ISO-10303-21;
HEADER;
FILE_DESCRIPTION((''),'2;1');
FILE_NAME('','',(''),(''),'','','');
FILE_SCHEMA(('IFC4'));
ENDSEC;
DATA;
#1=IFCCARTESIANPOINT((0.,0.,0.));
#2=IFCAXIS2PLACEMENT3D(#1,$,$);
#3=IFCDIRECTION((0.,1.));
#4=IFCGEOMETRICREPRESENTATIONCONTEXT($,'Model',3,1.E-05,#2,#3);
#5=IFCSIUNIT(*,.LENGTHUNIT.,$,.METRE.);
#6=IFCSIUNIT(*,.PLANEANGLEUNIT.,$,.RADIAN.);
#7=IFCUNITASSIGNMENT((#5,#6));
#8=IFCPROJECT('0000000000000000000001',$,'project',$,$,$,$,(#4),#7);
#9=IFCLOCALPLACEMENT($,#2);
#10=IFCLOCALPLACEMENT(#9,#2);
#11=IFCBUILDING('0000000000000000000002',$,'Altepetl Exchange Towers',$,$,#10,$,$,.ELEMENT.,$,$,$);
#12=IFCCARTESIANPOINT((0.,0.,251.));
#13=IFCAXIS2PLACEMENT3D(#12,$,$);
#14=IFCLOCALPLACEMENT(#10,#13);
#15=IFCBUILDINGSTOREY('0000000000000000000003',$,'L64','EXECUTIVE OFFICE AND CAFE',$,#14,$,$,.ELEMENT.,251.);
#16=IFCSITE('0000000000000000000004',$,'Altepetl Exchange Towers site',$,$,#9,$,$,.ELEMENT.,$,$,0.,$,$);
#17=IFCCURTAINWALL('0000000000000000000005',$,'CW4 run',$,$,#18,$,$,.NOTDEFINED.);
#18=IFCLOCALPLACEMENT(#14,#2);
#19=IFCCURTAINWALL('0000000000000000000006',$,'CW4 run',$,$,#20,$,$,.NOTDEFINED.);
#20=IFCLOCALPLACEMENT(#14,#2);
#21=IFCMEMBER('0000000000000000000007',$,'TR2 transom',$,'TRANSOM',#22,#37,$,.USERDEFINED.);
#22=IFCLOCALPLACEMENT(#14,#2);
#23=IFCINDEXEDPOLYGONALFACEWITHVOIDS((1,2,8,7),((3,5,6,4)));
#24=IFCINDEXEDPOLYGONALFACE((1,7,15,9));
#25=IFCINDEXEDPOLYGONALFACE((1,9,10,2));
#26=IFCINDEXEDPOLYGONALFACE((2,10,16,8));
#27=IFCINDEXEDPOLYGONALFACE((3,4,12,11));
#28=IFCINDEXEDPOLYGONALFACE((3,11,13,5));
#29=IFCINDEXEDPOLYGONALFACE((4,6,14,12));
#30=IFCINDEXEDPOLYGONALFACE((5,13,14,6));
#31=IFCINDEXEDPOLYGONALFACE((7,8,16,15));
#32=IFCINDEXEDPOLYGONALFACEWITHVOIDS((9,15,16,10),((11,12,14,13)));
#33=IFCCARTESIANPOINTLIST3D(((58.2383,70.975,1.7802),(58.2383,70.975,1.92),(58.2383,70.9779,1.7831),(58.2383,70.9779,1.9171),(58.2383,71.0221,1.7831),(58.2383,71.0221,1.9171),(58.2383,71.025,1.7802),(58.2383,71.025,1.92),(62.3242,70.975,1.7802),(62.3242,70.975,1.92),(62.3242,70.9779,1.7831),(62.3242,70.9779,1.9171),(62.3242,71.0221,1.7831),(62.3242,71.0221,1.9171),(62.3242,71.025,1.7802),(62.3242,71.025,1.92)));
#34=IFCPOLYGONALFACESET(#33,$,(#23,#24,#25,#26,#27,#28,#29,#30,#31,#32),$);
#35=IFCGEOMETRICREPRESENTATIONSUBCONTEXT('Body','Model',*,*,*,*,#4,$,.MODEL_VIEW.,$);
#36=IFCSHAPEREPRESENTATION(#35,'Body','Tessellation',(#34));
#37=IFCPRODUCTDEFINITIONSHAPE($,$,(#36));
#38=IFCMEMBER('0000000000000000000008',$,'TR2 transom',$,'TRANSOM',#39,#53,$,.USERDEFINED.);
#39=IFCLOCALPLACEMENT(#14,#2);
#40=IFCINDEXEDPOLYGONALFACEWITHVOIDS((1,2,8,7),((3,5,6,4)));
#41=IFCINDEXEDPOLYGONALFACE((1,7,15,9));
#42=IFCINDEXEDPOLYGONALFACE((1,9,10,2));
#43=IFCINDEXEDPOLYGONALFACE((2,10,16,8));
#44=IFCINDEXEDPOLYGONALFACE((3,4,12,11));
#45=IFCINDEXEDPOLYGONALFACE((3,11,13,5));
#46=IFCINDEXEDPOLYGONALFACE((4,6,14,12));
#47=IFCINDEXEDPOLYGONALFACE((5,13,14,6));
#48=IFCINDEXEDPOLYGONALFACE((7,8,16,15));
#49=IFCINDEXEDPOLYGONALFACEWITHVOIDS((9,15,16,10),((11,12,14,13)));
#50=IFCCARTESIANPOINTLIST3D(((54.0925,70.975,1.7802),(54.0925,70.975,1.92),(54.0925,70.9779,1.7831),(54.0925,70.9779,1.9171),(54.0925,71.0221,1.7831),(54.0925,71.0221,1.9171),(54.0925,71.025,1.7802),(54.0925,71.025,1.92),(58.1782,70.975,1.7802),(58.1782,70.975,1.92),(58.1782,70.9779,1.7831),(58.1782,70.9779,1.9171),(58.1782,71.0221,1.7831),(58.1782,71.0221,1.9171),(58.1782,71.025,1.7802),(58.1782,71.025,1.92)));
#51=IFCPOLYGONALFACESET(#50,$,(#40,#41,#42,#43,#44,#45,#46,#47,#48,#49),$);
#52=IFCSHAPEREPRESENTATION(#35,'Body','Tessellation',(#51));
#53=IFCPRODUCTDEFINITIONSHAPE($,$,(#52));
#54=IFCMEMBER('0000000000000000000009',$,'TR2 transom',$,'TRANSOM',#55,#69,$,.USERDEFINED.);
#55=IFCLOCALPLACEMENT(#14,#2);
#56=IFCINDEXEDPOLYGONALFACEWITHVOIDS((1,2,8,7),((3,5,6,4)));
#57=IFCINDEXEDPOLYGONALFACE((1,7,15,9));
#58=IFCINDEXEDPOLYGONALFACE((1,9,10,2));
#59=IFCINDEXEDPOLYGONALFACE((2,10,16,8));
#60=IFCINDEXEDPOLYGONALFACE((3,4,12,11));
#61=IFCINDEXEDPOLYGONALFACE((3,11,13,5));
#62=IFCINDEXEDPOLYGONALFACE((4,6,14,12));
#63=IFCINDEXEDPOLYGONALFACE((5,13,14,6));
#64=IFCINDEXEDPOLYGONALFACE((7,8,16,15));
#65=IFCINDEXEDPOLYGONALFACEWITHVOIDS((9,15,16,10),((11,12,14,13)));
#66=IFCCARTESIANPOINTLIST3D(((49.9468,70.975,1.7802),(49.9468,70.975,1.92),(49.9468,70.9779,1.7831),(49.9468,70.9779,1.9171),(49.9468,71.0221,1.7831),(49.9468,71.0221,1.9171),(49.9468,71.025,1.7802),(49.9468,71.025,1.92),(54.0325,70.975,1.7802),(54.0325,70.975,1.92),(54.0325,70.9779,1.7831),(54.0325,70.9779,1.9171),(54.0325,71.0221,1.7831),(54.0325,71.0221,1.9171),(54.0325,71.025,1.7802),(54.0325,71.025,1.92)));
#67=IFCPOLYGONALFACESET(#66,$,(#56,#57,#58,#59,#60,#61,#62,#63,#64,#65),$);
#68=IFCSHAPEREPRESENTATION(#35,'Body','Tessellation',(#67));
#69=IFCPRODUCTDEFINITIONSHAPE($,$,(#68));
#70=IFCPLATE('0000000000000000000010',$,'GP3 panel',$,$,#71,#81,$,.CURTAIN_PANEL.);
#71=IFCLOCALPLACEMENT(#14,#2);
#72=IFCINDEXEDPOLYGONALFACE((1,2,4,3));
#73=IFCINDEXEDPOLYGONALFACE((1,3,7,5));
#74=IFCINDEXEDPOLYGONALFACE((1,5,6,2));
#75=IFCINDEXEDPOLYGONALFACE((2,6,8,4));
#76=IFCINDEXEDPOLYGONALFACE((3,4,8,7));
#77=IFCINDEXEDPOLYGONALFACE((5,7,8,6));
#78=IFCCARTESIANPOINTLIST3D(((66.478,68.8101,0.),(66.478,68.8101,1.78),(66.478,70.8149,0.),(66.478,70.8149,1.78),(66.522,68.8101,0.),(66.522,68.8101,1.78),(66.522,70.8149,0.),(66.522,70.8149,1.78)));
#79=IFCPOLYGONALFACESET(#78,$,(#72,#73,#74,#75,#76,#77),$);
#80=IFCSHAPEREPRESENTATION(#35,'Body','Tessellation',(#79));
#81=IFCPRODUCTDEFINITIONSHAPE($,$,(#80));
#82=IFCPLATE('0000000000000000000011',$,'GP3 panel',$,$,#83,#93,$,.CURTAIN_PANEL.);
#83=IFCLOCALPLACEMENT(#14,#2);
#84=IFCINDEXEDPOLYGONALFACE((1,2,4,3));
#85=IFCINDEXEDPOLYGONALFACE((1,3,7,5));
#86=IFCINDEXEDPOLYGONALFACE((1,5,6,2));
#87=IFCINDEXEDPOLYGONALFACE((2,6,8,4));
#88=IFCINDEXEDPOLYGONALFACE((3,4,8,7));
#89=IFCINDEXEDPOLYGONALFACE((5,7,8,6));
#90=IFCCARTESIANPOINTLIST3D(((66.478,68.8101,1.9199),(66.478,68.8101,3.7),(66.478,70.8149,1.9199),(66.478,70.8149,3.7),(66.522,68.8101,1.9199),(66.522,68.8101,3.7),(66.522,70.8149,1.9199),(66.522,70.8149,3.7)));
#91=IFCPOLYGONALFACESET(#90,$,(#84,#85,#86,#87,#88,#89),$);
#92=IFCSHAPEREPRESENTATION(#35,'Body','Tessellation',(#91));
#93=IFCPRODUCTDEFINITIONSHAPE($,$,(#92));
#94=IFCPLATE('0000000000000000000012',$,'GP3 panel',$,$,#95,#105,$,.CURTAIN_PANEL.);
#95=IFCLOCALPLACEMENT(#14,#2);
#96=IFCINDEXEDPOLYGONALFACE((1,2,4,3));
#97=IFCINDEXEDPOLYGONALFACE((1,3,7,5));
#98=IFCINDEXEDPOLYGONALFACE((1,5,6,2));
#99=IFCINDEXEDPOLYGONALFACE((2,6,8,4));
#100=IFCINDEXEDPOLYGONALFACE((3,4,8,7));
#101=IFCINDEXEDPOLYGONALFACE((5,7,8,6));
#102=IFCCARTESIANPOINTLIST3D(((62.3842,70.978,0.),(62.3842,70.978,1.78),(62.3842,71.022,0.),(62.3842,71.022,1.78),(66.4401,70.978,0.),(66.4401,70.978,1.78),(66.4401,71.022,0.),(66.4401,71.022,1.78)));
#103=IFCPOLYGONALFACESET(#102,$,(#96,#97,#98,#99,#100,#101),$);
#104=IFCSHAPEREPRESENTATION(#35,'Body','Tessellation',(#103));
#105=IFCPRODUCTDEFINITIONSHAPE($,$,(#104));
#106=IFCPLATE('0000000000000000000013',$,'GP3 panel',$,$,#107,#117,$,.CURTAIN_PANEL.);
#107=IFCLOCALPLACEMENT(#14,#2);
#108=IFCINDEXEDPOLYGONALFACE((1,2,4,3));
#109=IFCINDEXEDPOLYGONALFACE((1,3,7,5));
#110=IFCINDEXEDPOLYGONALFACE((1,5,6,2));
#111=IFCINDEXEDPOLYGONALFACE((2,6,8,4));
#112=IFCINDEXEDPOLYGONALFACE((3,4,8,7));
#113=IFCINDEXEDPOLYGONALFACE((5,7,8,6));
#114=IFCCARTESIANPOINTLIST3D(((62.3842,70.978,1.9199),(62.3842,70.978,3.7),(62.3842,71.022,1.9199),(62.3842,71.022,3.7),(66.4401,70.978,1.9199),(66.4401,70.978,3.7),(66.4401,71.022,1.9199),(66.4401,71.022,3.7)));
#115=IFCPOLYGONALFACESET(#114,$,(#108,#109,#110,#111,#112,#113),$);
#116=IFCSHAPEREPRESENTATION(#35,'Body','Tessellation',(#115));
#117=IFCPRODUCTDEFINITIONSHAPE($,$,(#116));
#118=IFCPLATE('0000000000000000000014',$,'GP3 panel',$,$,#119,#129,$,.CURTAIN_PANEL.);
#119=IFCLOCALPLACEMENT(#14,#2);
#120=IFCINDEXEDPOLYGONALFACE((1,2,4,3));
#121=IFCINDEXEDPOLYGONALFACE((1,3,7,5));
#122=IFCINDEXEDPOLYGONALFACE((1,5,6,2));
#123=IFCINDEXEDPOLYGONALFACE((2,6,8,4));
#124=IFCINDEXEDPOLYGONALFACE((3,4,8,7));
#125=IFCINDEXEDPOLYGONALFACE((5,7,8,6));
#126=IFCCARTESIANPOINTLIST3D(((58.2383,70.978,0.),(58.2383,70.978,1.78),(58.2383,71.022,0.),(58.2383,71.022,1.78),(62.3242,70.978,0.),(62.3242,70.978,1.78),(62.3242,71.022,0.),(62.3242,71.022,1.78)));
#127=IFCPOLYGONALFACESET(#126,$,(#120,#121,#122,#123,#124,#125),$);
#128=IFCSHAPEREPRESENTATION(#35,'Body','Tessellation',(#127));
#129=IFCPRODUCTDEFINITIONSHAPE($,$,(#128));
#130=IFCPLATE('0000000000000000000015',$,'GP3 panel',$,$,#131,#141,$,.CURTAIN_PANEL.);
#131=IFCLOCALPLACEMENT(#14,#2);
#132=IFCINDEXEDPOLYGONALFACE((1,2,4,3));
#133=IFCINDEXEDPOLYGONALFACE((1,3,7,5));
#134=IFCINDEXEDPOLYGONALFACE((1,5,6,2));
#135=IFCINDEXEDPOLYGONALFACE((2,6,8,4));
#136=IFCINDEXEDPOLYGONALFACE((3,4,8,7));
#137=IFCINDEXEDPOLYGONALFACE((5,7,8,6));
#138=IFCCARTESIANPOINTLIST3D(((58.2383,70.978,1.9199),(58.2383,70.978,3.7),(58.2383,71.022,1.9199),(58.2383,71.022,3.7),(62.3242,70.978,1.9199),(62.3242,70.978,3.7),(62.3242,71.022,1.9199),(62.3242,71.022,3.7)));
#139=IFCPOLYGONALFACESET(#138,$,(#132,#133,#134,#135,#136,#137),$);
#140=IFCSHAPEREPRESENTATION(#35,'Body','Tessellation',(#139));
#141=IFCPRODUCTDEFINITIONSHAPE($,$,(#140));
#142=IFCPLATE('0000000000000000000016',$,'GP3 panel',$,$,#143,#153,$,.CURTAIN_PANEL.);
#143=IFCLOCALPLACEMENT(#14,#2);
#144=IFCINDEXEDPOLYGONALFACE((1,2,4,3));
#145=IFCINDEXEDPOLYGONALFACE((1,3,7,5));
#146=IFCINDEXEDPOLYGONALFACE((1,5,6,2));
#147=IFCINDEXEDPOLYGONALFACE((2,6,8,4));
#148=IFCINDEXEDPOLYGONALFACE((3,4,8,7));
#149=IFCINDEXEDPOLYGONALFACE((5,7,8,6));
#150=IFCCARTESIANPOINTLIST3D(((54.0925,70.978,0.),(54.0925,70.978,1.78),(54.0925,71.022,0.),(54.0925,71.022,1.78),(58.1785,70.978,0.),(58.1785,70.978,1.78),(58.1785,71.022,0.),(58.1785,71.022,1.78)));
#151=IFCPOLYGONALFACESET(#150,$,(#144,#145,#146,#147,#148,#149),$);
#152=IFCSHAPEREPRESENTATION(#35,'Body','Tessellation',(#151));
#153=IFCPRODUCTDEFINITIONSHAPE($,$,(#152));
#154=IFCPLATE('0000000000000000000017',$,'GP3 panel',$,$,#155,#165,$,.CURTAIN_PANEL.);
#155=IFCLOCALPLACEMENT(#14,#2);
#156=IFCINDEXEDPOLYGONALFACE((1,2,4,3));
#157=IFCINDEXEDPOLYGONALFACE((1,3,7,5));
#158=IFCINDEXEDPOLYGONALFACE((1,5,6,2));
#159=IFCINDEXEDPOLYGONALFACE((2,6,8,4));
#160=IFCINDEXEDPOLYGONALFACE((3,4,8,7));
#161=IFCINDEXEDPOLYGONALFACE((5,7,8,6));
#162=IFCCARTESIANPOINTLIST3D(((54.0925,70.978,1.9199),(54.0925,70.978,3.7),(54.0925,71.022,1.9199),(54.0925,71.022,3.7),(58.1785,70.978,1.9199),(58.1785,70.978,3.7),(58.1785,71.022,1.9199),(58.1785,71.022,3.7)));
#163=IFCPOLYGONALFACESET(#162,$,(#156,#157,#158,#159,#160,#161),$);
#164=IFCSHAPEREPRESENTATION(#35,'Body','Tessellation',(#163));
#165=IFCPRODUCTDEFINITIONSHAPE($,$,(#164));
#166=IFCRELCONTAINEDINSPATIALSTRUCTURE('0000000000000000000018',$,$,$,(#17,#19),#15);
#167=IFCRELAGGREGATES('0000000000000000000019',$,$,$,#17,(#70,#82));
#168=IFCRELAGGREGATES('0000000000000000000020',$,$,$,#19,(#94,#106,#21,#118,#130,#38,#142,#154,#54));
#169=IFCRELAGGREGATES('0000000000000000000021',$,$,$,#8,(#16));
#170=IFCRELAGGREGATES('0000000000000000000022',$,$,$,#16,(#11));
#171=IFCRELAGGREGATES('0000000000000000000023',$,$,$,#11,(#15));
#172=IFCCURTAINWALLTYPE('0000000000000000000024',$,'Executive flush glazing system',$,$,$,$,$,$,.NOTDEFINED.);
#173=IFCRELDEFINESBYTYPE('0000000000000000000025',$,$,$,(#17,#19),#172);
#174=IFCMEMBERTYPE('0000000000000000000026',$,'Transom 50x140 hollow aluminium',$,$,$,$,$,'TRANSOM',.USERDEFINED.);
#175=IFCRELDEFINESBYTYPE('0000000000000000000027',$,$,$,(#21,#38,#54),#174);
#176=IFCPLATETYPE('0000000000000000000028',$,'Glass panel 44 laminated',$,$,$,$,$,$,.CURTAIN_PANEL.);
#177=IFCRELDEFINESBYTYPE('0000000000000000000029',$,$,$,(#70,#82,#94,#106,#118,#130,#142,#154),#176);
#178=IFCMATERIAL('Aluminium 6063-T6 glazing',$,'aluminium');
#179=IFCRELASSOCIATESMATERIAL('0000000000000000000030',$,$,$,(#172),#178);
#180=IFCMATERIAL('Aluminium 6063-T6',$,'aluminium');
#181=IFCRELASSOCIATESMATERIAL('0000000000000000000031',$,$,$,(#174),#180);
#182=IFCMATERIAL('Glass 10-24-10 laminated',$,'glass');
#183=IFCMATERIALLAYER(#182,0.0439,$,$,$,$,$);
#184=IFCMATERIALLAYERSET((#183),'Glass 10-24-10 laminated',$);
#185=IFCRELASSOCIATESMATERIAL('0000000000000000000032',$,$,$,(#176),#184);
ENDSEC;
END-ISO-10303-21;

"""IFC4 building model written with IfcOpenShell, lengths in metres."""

from ifc_helpers import new_model, si_unit, direction, frame, origin, origin_2d, place, context, subcontext, project, spatial, rectangle, hollow_rectangle, extrude, material, layer, layer_set, material_profile, profile_set, type_object, element, aggregate, save


model = new_model("IFC4")

# Units and contexts
model_context = context("Model", 3, precision=1e-05, world=origin(), true_north=direction((0.0, 1.0)))
body_context = subcontext(model_context, "Body", "Model", "MODEL_VIEW")
ifc_project = project(units=[si_unit("LENGTHUNIT", "METRE"), si_unit("PLANEANGLEUNIT", "RADIAN")], contexts=[model_context])

# Site, building, storey
site_placement = place(None, origin())
site = spatial("IfcSite", under=ifc_project, at=site_placement, Name="Altepetl Exchange Towers site", CompositionType="ELEMENT", RefElevation=0.0)
building_placement = place(site_placement, origin())
building = spatial("IfcBuilding", under=site, at=building_placement, Name="Altepetl Exchange Towers", CompositionType="ELEMENT")
storey_placement = place(building_placement, frame((0.0, 0.0, 251.0)))
storey = spatial("IfcBuildingStorey", under=building, at=storey_placement, Name="L64", Description="EXECUTIVE OFFICE AND CAFE", CompositionType="ELEMENT", Elevation=251.0)

# Curtain walls
ifc_material_1 = material(Name="Aluminium 6063-T6 glazing", Category="aluminium")
curtain_wall_type = type_object("IfcCurtainWallType", Name="Executive flush glazing system", PredefinedType="NOTDEFINED", material=ifc_material_1)
curtain_wall_1_placement = place(storey_placement, origin())
curtain_wall_1 = element("IfcCurtainWall", 1, at=curtain_wall_1_placement, inside=storey, type_object=curtain_wall_type, Name="CW4 run", PredefinedType="NOTDEFINED")
ifc_material_2 = material(Name="Aluminium 6063-T6", Category="aluminium")
curtain_wall_2_placement = place(storey_placement, origin())
curtain_wall_2 = element("IfcCurtainWall", 2, at=curtain_wall_2_placement, inside=storey, type_object=curtain_wall_type, Name="CW4 run", PredefinedType="NOTDEFINED")

# Members
ifc_material_profile_1 = material_profile(ifc_material_2, hollow_rectangle(XDim=0.05, YDim=0.1399, WallThickness=0.0029, at=origin_2d()), Name="Transom 50x140 hollow aluminium")
ifc_profile_set_1 = profile_set([ifc_material_profile_1], Name="Aluminium 6063-T6")
member_type_1 = type_object("IfcMemberType", Name="Transom 50x140 hollow aluminium", ElementType="TRANSOM", PredefinedType="USERDEFINED", material=ifc_profile_set_1)
member_1_placement = place(storey_placement, frame((62.3242, 71.0, 1.8501), z_axis=(-1.0, 0.0, 0.0), x_axis=(0.0, -1.0, 0.0)))
member_1 = element("IfcMember", 3, at=member_1_placement, type_object=member_type_1, Name="TR2 transom", ObjectType="TRANSOM", PredefinedType="USERDEFINED", context=body_context, shape_type="SweptSolid", body=[
    extrude(hollow_rectangle(XDim=0.05, YDim=0.1399, WallThickness=0.0029, at=origin_2d()), origin(), (0.0, 0.0, 1.0), 4.0859),
])
member_2_placement = place(storey_placement, frame((58.1782, 71.0, 1.8501), z_axis=(-1.0, 0.0, 0.0), x_axis=(0.0, -1.0, 0.0)))
member_2 = element("IfcMember", 4, at=member_2_placement, type_object=member_type_1, Name="TR2 transom", ObjectType="TRANSOM", PredefinedType="USERDEFINED", context=body_context, shape_type="SweptSolid", body=[
    extrude(hollow_rectangle(XDim=0.05, YDim=0.1399, WallThickness=0.0029, at=origin_2d()), origin(), (0.0, 0.0, 1.0), 4.0857),
])
member_3_placement = place(storey_placement, frame((54.0325, 71.0, 1.8501), z_axis=(-1.0, 0.0, 0.0), x_axis=(0.0, -1.0, 0.0)))
member_3 = element("IfcMember", 5, at=member_3_placement, type_object=member_type_1, Name="TR2 transom", ObjectType="TRANSOM", PredefinedType="USERDEFINED", context=body_context, shape_type="SweptSolid", body=[
    extrude(hollow_rectangle(XDim=0.05, YDim=0.1399, WallThickness=0.0029, at=origin_2d()), origin(), (0.0, 0.0, 1.0), 4.0857),
])

# Plates
ifc_material_3 = material(Name="Glass 10-24-10 laminated", Category="glass")
ifc_layer = layer(ifc_material_3, 0.0439)
ifc_layer_set = layer_set([ifc_layer], Name="Glass 10-24-10 laminated")
plate_type = type_object("IfcPlateType", Name="Glass panel 44 laminated", PredefinedType="CURTAIN_PANEL", material=ifc_layer_set)
plate_1_placement = place(storey_placement, frame((66.5, 69.8125, 0.0), z_axis=(0.0, 0.0, 1.0), x_axis=(0.0, 1.0, 0.0)))
plate_1 = element("IfcPlate", 6, at=plate_1_placement, type_object=plate_type, Name="GP3 panel", PredefinedType="CURTAIN_PANEL", context=body_context, shape_type="SweptSolid", body=[
    extrude(rectangle(XDim=2.0049, YDim=0.0439, at=origin_2d()), origin(), (0.0, 0.0, 1.0), 1.78),
])
plate_2_placement = place(storey_placement, frame((66.5, 69.8125, 1.9199), z_axis=(0.0, 0.0, 1.0), x_axis=(0.0, 1.0, 0.0)))
plate_2 = element("IfcPlate", 7, at=plate_2_placement, type_object=plate_type, Name="GP3 panel", PredefinedType="CURTAIN_PANEL", context=body_context, shape_type="SweptSolid", body=[
    extrude(rectangle(XDim=2.0049, YDim=0.0439, at=origin_2d()), origin(), (0.0, 0.0, 1.0), 1.78),
])
aggregate(curtain_wall_1, [plate_1, plate_2])
plate_3_placement = place(storey_placement, frame((64.4121, 71.0, 0.0), z_axis=(0.0, 0.0, 1.0), x_axis=(-1.0, 0.0, 0.0)))
plate_3 = element("IfcPlate", 8, at=plate_3_placement, type_object=plate_type, Name="GP3 panel", PredefinedType="CURTAIN_PANEL", context=body_context, shape_type="SweptSolid", body=[
    extrude(rectangle(XDim=4.0559, YDim=0.0439, at=origin_2d()), origin(), (0.0, 0.0, 1.0), 1.78),
])
plate_4_placement = place(storey_placement, frame((64.4121, 71.0, 1.9199), z_axis=(0.0, 0.0, 1.0), x_axis=(-1.0, 0.0, 0.0)))
plate_4 = element("IfcPlate", 9, at=plate_4_placement, type_object=plate_type, Name="GP3 panel", PredefinedType="CURTAIN_PANEL", context=body_context, shape_type="SweptSolid", body=[
    extrude(rectangle(XDim=4.0559, YDim=0.0439, at=origin_2d()), origin(), (0.0, 0.0, 1.0), 1.78),
])
plate_5_placement = place(storey_placement, frame((60.2812, 71.0, 0.0), z_axis=(0.0, 0.0, 1.0), x_axis=(-1.0, 0.0, 0.0)))
plate_5 = element("IfcPlate", 10, at=plate_5_placement, type_object=plate_type, Name="GP3 panel", PredefinedType="CURTAIN_PANEL", context=body_context, shape_type="SweptSolid", body=[
    extrude(rectangle(XDim=4.0859, YDim=0.0439, at=origin_2d()), origin(), (0.0, 0.0, 1.0), 1.78),
])
plate_6_placement = place(storey_placement, frame((60.2812, 71.0, 1.9199), z_axis=(0.0, 0.0, 1.0), x_axis=(-1.0, 0.0, 0.0)))
plate_6 = element("IfcPlate", 11, at=plate_6_placement, type_object=plate_type, Name="GP3 panel", PredefinedType="CURTAIN_PANEL", context=body_context, shape_type="SweptSolid", body=[
    extrude(rectangle(XDim=4.0859, YDim=0.0439, at=origin_2d()), origin(), (0.0, 0.0, 1.0), 1.78),
])
plate_7_placement = place(storey_placement, frame((56.1355, 71.0, 0.0), z_axis=(0.0, 0.0, 1.0), x_axis=(-1.0, 0.0, 0.0)))
plate_7 = element("IfcPlate", 12, at=plate_7_placement, type_object=plate_type, Name="GP3 panel", PredefinedType="CURTAIN_PANEL", context=body_context, shape_type="SweptSolid", body=[
    extrude(rectangle(XDim=4.0859, YDim=0.0439, at=origin_2d()), origin(), (0.0, 0.0, 1.0), 1.78),
])
plate_8_placement = place(storey_placement, frame((56.1355, 71.0, 1.9199), z_axis=(0.0, 0.0, 1.0), x_axis=(-1.0, 0.0, 0.0)))
plate_8 = element("IfcPlate", 13, at=plate_8_placement, type_object=plate_type, Name="GP3 panel", PredefinedType="CURTAIN_PANEL", context=body_context, shape_type="SweptSolid", body=[
    extrude(rectangle(XDim=4.0859, YDim=0.0439, at=origin_2d()), origin(), (0.0, 0.0, 1.0), 1.78),
])
aggregate(curtain_wall_2, [plate_3, plate_4, member_1, plate_5, plate_6, member_2, plate_7, plate_8, member_3])

save(model, "model.ifc")
